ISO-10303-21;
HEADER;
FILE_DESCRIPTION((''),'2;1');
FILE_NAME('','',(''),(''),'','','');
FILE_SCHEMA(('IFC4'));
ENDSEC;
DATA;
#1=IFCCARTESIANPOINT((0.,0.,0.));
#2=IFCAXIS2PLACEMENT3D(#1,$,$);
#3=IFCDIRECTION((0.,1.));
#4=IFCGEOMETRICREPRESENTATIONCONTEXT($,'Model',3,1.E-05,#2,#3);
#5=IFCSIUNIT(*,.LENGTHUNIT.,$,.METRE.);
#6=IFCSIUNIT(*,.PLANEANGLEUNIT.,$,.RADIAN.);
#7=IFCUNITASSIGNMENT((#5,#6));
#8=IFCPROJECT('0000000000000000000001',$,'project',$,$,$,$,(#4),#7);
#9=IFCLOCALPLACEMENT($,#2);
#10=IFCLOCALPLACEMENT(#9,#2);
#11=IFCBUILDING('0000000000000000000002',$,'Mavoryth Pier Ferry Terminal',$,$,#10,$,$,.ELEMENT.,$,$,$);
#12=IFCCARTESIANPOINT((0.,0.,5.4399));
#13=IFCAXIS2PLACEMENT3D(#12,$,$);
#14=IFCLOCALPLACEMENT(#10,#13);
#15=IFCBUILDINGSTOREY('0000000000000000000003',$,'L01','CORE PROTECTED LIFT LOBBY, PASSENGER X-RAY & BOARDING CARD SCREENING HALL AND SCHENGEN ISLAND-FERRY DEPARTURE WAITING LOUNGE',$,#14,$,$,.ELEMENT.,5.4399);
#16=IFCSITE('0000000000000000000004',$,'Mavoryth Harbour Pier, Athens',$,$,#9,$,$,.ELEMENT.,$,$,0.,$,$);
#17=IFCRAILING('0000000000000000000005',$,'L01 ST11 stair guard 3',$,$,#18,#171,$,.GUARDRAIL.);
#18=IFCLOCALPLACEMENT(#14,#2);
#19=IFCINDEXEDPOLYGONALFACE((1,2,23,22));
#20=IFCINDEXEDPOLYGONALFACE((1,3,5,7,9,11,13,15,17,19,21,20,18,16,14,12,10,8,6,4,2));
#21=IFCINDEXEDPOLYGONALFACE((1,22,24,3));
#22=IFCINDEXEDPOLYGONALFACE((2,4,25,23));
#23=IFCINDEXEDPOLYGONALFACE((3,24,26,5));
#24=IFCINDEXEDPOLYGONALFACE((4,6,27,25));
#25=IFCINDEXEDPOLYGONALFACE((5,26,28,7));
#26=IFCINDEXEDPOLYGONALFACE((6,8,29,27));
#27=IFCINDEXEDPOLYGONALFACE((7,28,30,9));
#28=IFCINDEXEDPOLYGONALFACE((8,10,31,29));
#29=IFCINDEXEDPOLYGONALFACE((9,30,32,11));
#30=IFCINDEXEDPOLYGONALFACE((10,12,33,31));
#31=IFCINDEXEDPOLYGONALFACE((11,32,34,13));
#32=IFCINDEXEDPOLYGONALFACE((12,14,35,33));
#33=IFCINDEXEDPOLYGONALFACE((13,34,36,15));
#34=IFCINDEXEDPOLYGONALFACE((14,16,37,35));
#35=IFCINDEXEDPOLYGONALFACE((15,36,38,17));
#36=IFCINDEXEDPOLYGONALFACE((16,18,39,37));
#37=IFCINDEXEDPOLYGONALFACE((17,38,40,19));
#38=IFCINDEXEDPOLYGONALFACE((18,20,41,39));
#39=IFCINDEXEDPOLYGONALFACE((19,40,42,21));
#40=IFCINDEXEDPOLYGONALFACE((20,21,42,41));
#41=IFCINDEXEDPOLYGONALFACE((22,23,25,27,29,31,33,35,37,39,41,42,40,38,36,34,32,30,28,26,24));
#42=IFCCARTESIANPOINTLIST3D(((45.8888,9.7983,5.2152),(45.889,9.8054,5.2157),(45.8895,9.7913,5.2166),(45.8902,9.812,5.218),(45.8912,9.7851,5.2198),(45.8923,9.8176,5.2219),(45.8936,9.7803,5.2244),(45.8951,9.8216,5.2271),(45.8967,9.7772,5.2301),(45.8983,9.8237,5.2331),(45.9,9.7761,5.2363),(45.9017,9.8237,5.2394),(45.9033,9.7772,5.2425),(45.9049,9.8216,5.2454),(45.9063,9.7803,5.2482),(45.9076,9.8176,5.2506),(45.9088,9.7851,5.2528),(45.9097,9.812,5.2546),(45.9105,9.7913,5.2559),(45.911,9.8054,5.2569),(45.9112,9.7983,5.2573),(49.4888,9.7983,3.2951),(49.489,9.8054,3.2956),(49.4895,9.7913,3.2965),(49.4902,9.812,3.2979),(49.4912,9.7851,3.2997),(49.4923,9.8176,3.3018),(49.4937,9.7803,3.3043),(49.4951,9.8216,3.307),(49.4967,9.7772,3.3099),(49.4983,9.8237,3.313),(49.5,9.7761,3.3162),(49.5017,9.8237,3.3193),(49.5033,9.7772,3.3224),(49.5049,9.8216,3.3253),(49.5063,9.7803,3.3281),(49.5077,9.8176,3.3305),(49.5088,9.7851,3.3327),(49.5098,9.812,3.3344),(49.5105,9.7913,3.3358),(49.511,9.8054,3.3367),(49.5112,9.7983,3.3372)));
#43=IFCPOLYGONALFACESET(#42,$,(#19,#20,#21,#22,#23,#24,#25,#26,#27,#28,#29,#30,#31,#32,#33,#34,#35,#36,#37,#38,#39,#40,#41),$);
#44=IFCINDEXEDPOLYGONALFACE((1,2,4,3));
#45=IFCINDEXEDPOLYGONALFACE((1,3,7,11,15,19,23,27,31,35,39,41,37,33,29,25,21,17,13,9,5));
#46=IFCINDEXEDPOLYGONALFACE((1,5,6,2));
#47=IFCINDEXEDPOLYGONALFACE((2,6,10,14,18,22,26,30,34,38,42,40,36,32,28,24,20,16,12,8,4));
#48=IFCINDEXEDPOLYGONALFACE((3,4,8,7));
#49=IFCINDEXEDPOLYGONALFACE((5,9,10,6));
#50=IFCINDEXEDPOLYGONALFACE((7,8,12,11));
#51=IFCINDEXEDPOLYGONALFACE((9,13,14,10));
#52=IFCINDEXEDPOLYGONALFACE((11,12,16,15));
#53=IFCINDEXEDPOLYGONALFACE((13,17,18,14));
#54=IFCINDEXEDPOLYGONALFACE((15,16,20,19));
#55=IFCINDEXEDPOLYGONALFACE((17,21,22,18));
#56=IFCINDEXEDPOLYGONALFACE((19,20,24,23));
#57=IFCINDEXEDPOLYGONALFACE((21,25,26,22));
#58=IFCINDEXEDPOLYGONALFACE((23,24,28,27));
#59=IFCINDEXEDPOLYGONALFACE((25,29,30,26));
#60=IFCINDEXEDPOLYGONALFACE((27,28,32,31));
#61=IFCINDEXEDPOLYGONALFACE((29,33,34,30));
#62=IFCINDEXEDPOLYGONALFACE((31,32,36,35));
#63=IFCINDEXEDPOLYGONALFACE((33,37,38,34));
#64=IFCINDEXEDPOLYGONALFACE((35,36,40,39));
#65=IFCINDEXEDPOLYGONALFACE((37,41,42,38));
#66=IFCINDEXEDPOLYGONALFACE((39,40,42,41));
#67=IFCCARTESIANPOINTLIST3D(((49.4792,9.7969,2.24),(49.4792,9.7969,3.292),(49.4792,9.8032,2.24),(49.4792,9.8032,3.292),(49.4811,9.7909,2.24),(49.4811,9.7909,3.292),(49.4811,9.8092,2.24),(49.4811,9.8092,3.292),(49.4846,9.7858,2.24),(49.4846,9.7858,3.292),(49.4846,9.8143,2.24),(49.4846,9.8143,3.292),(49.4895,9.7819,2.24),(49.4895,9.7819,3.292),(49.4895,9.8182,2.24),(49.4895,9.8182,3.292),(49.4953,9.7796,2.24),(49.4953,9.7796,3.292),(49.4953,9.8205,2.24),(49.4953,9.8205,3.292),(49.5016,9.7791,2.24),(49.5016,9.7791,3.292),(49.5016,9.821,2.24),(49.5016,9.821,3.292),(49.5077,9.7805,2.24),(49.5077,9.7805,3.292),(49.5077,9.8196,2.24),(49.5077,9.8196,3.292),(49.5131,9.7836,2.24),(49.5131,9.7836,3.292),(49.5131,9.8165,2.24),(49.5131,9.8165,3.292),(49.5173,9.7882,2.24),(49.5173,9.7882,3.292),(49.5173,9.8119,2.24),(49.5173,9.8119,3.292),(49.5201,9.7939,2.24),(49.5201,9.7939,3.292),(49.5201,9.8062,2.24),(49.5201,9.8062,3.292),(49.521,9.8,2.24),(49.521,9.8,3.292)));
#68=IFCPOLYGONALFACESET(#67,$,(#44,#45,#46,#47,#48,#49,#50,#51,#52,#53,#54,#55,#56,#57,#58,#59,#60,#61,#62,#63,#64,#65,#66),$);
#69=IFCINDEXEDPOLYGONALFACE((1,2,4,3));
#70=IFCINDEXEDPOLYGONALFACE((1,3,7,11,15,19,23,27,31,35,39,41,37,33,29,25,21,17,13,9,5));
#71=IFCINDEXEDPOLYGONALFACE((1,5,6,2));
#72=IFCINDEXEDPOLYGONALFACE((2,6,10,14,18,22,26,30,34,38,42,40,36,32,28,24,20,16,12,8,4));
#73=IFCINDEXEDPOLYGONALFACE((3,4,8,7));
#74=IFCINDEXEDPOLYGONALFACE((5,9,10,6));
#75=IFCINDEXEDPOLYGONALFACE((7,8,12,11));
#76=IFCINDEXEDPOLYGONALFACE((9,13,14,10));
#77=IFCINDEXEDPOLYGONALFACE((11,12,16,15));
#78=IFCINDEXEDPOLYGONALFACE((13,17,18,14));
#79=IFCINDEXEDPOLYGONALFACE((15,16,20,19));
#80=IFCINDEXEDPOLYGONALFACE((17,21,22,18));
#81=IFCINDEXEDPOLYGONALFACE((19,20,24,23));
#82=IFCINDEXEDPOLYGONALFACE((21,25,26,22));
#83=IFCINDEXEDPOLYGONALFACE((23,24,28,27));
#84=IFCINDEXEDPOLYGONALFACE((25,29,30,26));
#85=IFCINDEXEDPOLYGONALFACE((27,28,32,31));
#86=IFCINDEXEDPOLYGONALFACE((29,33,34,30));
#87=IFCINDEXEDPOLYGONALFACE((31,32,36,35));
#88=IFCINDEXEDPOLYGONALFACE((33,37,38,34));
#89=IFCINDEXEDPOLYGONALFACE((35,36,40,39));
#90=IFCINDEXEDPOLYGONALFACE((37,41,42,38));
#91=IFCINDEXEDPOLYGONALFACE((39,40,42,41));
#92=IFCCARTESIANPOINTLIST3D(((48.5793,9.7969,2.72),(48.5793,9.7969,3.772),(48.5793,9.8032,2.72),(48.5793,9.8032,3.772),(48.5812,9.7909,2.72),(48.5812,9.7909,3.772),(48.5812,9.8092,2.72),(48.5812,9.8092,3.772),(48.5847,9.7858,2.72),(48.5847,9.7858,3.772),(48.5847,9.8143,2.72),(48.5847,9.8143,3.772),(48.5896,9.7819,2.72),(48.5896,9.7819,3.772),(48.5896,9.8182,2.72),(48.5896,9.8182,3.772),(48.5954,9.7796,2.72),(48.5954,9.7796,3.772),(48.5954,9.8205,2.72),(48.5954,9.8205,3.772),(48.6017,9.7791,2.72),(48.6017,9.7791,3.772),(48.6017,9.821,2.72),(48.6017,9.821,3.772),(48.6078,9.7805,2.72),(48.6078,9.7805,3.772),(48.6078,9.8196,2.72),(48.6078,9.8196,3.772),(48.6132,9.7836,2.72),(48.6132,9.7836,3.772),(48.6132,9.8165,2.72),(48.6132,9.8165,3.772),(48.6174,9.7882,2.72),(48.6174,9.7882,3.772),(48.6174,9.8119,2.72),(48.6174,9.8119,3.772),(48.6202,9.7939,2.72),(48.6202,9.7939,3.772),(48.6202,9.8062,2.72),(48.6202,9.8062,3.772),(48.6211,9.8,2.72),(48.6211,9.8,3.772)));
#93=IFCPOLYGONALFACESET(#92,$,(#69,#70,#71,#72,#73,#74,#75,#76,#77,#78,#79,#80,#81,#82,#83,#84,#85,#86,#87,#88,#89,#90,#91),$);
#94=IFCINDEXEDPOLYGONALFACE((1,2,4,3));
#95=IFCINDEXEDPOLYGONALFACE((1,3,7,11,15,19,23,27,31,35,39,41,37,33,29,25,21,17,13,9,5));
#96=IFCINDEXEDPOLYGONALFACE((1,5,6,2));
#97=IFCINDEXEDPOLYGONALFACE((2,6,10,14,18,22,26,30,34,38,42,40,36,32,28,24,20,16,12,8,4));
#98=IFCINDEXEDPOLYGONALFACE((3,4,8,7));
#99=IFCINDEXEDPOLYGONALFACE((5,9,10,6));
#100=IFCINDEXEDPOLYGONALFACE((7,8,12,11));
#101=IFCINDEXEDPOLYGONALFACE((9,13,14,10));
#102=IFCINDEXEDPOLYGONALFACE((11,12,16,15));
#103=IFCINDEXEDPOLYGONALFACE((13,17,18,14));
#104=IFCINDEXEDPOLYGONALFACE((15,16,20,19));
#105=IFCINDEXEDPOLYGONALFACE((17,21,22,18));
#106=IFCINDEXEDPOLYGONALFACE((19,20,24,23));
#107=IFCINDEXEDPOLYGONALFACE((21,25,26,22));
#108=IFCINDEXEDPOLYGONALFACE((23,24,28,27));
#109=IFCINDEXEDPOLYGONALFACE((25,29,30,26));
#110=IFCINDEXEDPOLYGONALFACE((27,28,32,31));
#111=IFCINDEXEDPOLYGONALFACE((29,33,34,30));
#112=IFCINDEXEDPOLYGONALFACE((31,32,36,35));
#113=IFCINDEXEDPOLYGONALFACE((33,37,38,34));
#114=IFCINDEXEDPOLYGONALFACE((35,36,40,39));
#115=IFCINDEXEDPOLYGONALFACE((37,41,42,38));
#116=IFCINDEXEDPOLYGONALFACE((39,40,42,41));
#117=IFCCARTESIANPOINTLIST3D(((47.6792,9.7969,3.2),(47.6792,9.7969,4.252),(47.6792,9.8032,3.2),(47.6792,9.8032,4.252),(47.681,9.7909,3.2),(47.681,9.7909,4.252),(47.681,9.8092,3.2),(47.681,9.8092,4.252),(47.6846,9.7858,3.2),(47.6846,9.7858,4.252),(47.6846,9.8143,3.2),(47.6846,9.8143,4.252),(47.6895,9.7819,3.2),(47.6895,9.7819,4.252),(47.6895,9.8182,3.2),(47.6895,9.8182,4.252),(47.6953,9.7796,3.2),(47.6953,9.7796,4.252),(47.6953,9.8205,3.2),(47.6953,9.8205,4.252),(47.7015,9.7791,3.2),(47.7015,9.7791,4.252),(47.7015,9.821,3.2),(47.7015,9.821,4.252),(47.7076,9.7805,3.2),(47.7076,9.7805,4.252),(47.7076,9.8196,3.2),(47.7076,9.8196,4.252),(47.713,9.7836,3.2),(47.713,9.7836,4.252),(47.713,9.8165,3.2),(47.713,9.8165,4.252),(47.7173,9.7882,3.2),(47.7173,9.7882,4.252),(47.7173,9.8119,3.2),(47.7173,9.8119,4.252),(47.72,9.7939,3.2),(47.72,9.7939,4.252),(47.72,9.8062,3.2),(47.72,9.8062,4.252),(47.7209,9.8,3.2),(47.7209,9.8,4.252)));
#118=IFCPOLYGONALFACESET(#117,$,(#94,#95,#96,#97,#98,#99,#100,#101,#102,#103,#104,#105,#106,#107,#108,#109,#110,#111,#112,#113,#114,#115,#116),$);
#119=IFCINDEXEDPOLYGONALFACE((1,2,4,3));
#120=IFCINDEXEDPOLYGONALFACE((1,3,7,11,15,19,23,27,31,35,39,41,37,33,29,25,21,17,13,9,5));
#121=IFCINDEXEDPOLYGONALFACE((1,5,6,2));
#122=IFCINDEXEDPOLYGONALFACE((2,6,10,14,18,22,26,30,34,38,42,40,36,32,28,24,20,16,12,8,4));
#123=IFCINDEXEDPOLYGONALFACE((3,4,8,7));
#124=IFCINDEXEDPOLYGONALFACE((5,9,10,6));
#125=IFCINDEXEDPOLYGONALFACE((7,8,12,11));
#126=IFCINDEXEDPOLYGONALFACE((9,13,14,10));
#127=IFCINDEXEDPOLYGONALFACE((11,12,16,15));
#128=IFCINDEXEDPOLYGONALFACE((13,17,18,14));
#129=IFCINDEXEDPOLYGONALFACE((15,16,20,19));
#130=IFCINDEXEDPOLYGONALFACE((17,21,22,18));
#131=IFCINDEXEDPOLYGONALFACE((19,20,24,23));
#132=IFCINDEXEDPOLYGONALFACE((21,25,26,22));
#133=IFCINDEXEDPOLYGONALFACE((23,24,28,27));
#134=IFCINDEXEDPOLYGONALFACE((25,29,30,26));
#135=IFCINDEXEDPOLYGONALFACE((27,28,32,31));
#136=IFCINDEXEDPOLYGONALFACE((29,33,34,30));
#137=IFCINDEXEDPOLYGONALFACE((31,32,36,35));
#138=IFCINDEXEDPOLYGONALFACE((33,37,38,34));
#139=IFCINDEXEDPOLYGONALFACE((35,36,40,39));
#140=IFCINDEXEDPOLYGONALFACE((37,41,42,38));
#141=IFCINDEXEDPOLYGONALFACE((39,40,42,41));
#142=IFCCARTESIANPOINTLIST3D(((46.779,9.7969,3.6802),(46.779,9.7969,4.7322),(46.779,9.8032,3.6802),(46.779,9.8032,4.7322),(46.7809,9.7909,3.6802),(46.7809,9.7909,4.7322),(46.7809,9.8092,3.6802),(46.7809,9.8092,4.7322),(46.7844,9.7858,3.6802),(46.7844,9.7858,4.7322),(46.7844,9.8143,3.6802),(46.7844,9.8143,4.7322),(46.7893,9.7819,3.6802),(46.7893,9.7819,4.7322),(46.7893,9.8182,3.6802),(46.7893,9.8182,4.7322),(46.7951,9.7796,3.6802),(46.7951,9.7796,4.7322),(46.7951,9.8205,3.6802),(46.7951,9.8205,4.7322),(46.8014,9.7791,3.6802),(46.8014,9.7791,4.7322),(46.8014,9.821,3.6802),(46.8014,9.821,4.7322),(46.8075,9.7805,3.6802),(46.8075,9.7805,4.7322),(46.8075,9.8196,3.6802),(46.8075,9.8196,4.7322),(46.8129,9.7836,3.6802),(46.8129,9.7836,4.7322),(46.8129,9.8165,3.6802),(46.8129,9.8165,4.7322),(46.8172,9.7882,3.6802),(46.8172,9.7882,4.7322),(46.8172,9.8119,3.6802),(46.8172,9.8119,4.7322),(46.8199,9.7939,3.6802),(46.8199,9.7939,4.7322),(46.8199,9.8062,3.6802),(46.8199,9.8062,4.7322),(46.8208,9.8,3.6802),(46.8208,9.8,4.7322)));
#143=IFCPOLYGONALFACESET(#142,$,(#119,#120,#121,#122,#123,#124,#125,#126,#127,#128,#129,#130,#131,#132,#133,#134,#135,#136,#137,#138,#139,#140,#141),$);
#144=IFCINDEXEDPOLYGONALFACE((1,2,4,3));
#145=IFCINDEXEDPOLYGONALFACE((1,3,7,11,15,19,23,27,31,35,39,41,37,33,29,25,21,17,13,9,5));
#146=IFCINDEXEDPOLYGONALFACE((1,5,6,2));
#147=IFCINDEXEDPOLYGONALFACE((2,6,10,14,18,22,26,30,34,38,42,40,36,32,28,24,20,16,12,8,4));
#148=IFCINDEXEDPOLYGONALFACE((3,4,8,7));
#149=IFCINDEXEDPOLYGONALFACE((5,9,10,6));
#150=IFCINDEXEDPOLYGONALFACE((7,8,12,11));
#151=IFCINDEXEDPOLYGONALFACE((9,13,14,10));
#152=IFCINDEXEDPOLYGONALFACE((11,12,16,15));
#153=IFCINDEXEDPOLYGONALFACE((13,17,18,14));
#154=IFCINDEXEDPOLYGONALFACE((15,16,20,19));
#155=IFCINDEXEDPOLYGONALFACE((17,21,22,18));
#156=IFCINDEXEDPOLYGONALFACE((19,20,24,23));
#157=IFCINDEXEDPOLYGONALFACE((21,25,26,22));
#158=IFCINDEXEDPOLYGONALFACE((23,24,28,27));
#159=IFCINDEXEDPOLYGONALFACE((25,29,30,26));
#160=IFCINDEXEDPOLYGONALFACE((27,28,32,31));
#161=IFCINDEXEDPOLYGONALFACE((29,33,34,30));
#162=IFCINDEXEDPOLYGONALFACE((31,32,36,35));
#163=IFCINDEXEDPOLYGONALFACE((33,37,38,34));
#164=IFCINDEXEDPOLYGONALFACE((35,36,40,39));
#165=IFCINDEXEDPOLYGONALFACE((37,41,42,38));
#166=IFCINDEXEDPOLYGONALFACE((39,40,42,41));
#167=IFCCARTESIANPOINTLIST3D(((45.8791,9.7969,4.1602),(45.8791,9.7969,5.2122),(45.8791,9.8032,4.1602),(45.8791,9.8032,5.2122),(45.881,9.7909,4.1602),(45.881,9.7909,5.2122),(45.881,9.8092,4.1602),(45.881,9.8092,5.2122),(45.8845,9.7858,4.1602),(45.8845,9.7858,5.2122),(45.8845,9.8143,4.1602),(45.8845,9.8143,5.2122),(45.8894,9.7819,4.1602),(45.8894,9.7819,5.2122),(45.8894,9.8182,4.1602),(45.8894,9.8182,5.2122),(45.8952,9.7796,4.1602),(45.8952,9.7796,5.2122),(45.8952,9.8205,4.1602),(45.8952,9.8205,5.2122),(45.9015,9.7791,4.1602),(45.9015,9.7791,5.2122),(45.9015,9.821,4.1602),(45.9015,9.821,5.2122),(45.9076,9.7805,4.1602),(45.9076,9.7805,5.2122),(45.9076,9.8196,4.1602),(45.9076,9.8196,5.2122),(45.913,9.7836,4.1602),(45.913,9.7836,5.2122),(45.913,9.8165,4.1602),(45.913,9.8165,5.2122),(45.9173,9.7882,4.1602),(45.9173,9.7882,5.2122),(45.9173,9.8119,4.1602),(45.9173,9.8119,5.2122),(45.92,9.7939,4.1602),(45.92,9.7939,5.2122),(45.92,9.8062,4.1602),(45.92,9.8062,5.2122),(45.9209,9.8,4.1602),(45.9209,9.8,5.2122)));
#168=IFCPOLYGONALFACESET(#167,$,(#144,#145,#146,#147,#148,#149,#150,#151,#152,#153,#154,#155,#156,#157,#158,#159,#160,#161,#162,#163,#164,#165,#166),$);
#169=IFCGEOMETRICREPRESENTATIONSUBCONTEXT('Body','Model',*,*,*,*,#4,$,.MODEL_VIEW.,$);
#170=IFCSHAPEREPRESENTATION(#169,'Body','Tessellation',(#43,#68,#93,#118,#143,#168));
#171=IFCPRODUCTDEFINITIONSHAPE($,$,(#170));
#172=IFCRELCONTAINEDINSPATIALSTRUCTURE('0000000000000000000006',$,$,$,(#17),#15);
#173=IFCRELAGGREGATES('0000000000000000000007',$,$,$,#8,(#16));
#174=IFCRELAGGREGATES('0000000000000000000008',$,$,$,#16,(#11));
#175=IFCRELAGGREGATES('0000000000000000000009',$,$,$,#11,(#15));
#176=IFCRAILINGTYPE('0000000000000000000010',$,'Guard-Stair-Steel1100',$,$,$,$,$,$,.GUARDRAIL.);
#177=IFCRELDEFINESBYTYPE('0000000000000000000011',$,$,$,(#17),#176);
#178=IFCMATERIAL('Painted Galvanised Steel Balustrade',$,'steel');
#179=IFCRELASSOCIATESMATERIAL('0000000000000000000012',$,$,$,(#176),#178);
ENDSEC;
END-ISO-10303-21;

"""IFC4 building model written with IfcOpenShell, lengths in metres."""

from ifc_helpers import new_model, si_unit, direction, frame, origin, origin_2d, place, context, subcontext, project, spatial, circle, extrude, material, type_object, element, save


model = new_model("IFC4")

# Units and contexts
model_context = context("Model", 3, precision=1e-05, world=origin(), true_north=direction((0.0, 1.0)))
body_context = subcontext(model_context, "Body", "Model", "MODEL_VIEW")
ifc_project = project(units=[si_unit("LENGTHUNIT", "METRE"), si_unit("PLANEANGLEUNIT", "RADIAN")], contexts=[model_context])

# Site, building, storey
site_placement = place(None, origin())
site = spatial("IfcSite", under=ifc_project, at=site_placement, Name="Mavoryth Harbour Pier, Athens", CompositionType="ELEMENT", RefElevation=0.0)
building_placement = place(site_placement, origin())
building = spatial("IfcBuilding", under=site, at=building_placement, Name="Mavoryth Pier Ferry Terminal", CompositionType="ELEMENT")
storey_placement = place(building_placement, frame((0.0, 0.0, 5.4399)))
storey = spatial("IfcBuildingStorey", under=building, at=storey_placement, Name="L01", Description="CORE PROTECTED LIFT LOBBY, PASSENGER X-RAY & BOARDING CARD SCREENING HALL AND SCHENGEN ISLAND-FERRY DEPARTURE WAITING LOUNGE", CompositionType="ELEMENT", Elevation=5.4399)

# Railing
ifc_material_1 = material(Name="Painted Galvanised Steel Balustrade", Category="steel")
railing_type_1 = type_object("IfcRailingType", Name="Guard-Stair-Steel1100", PredefinedType="GUARDRAIL", material=ifc_material_1)
railing_1_placement = place(storey_placement, frame((49.5, 9.8, 2.24)))
element("IfcRailing", 1, at=railing_1_placement, inside=storey, type_object=railing_type_1, Name="L01 ST11 stair guard 3", PredefinedType="GUARDRAIL", context=body_context, shape_type="SweptSolid", body=[
    extrude(circle(Radius=0.0239, at=origin_2d()), frame((0.0, 0.0, 1.0762), z_axis=(-0.882341, 0.0, 0.47061), x_axis=(0.0, -1.0, 0.0)), (0.0, 0.0, 1.0), 4.0801),
    extrude(circle(Radius=0.021, at=origin_2d()), origin(), (0.0, 0.0, 1.0), 1.052),
    extrude(circle(Radius=0.021, at=origin_2d()), frame((-0.8999, 0.0, 0.48)), (0.0, 0.0, 1.0), 1.052),
    extrude(circle(Radius=0.021, at=origin_2d()), frame((-1.8, 0.0, 0.96)), (0.0, 0.0, 1.0), 1.052),
    extrude(circle(Radius=0.021, at=origin_2d()), frame((-2.7002, 0.0, 1.4402)), (0.0, 0.0, 1.0), 1.052),
    extrude(circle(Radius=0.021, at=origin_2d()), frame((-3.6001, 0.0, 1.9202)), (0.0, 0.0, 1.0), 1.052),
])

save(model, "model.ifc")
